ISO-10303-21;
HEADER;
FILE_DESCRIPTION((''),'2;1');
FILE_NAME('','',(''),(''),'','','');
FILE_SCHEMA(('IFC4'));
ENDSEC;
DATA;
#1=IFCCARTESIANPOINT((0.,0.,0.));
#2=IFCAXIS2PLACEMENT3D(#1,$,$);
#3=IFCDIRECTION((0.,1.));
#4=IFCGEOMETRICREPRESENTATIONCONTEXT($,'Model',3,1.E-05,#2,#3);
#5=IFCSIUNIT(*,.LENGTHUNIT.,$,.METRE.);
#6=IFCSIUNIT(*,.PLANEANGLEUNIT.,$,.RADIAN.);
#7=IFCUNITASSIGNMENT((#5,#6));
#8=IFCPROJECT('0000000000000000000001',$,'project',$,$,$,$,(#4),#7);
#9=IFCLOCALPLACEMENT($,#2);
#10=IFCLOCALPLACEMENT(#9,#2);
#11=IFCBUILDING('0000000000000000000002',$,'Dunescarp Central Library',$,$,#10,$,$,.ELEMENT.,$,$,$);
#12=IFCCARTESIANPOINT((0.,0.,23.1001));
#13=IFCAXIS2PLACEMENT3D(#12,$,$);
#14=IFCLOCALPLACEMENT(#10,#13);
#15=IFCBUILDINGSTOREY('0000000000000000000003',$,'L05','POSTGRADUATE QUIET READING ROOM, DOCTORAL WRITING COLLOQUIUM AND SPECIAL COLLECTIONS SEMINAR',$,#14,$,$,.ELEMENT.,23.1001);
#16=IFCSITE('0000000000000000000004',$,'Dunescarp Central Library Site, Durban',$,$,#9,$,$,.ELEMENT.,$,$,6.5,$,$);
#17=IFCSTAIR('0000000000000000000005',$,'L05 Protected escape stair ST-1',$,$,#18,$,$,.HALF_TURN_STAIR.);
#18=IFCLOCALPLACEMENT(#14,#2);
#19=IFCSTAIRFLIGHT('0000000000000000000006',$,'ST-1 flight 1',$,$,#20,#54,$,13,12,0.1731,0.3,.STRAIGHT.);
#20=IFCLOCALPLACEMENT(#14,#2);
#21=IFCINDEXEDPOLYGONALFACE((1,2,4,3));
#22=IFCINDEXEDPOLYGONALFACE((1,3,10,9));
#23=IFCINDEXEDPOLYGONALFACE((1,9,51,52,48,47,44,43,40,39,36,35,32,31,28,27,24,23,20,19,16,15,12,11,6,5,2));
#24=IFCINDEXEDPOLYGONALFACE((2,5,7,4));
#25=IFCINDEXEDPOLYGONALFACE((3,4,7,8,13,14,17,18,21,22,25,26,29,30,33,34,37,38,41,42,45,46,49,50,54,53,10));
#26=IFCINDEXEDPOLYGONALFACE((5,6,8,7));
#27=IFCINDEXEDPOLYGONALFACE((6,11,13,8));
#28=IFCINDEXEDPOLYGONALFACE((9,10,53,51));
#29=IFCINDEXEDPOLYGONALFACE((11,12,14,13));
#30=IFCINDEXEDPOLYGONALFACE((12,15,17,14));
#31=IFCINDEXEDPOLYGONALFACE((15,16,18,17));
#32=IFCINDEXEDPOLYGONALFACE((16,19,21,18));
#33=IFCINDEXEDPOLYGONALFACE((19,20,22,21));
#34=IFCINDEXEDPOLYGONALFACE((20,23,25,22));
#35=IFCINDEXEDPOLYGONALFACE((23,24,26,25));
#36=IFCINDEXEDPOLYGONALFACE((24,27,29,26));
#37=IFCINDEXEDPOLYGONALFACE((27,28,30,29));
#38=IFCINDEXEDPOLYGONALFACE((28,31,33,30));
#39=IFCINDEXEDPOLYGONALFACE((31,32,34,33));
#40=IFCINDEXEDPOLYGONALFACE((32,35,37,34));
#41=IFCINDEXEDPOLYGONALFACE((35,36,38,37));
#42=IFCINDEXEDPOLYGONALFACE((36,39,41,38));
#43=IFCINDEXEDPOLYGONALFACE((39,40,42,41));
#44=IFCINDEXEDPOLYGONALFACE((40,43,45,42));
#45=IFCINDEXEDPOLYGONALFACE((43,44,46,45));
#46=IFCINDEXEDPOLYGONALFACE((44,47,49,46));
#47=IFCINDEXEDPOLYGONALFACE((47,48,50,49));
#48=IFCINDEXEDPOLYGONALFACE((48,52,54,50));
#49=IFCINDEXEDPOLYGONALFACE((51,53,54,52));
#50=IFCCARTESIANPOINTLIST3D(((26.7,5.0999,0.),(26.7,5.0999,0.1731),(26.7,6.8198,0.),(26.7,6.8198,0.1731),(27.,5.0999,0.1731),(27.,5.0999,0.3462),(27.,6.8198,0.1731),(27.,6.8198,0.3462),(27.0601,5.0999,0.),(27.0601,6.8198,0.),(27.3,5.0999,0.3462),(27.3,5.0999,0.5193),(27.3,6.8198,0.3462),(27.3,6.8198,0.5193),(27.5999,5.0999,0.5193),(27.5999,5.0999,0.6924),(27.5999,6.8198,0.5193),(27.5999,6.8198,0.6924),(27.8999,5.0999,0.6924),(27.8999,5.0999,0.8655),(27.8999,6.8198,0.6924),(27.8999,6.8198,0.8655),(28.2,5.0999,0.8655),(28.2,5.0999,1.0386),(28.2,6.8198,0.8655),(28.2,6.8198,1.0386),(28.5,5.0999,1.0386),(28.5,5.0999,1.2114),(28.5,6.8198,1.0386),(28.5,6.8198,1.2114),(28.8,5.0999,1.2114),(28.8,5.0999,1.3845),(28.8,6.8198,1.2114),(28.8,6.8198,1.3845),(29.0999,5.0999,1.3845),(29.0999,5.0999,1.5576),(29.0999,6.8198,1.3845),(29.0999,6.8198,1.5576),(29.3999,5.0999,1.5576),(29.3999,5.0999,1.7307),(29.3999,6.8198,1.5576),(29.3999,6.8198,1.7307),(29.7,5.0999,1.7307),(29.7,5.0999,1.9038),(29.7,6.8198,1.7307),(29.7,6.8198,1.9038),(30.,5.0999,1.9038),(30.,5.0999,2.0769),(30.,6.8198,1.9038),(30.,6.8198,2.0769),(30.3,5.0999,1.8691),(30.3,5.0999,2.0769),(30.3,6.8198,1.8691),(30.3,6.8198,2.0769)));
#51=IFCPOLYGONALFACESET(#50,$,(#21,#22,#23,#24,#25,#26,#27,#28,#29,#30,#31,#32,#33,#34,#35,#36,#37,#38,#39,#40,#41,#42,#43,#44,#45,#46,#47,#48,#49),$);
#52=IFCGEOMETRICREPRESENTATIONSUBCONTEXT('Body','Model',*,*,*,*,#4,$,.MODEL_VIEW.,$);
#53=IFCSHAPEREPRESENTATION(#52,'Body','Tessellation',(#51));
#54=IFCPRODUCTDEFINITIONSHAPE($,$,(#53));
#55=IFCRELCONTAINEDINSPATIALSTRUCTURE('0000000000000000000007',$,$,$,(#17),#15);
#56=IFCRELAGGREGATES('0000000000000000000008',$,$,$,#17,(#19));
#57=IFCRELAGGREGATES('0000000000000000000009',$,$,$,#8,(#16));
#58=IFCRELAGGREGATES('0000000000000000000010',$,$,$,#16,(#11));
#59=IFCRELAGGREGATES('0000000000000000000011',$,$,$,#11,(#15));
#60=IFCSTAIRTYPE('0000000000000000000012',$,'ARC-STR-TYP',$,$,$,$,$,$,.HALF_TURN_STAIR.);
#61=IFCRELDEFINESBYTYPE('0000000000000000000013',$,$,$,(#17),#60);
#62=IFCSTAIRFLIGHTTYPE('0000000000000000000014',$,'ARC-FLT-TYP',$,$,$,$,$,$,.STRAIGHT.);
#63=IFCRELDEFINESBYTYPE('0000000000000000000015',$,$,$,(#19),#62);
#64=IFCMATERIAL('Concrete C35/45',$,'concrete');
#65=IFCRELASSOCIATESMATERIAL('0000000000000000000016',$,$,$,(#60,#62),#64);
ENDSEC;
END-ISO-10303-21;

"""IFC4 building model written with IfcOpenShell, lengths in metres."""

from ifc_helpers import new_model, si_unit, direction, frame, origin, place, context, subcontext, project, spatial, polyline, outline, extrude, material, type_object, element, aggregate, save


model = new_model("IFC4")

# Units and contexts
model_context = context("Model", 3, precision=1e-05, world=origin(), true_north=direction((0.0, 1.0)))
body_context = subcontext(model_context, "Body", "Model", "MODEL_VIEW")
ifc_project = project(units=[si_unit("LENGTHUNIT", "METRE"), si_unit("PLANEANGLEUNIT", "RADIAN")], contexts=[model_context])

# Site, building, storey
site_placement = place(None, origin())
site = spatial("IfcSite", under=ifc_project, at=site_placement, Name="Dunescarp Central Library Site, Durban", CompositionType="ELEMENT", RefElevation=6.5)
building_placement = place(site_placement, origin())
building = spatial("IfcBuilding", under=site, at=building_placement, Name="Dunescarp Central Library", CompositionType="ELEMENT")
storey_placement = place(building_placement, frame((0.0, 0.0, 23.1001)))
storey = spatial("IfcBuildingStorey", under=building, at=storey_placement, Name="L05", Description="POSTGRADUATE QUIET READING ROOM, DOCTORAL WRITING COLLOQUIUM AND SPECIAL COLLECTIONS SEMINAR", CompositionType="ELEMENT", Elevation=23.1001)

# Shared definitions
ifc_material_1 = material(Name="Concrete C35/45", Category="concrete")

# Stair, stair flight
stair_type = type_object("IfcStairType", Name="ARC-STR-TYP", PredefinedType="HALF_TURN_STAIR", material=ifc_material_1)
stair_placement = place(storey_placement, origin())
stair = element("IfcStair", 1, at=stair_placement, inside=storey, type_object=stair_type, Name="L05 Protected escape stair ST-1", PredefinedType="HALF_TURN_STAIR")
stair_flight_type = type_object("IfcStairFlightType", Name="ARC-FLT-TYP", PredefinedType="STRAIGHT", material=ifc_material_1)
stair_flight_placement = place(storey_placement, frame((26.7, 5.96, 0.0), z_axis=(0.0, 0.0, 1.0), x_axis=(1.0, 0.0, 0.0)))
stair_flight = element("IfcStairFlight", 2, at=stair_flight_placement, type_object=stair_flight_type, Name="ST-1 flight 1", NumberOfRisers=13, NumberOfTreads=12, PredefinedType="STRAIGHT", RiserHeight=0.1731, TreadLength=0.3, context=body_context, shape_type="SweptSolid", body=[
    extrude(outline(polyline([(0.0, 0.0), (0.0, 0.1731), (0.3, 0.1731), (0.3, 0.3462), (0.6001, 0.3462), (0.6001, 0.5193), (0.8999, 0.5193), (0.8999, 0.6924), (1.2, 0.6924), (1.2, 0.8655), (1.5, 0.8655), (1.5, 1.0386), (1.8, 1.0386), (1.8, 1.2114), (2.1001, 1.2114), (2.1001, 1.3845), (2.3999, 1.3845), (2.3999, 1.5576), (2.7, 1.5576), (2.7, 1.7307), (3.0, 1.7307), (3.0, 1.9038), (3.3, 1.9038), (3.3, 2.0769), (3.6001, 2.0769), (3.6001, 2.25), (3.6001, 1.8691), (0.3601, 0.0), (0.0, 0.0)])), frame((0.0, 0.8599, 0.0), z_axis=(0.0, -1.0, 0.0), x_axis=(1.0, 0.0, 0.0)), (0.0, 0.0, 1.0), 1.72),
])
aggregate(stair, [stair_flight])

save(model, "model.ifc")
